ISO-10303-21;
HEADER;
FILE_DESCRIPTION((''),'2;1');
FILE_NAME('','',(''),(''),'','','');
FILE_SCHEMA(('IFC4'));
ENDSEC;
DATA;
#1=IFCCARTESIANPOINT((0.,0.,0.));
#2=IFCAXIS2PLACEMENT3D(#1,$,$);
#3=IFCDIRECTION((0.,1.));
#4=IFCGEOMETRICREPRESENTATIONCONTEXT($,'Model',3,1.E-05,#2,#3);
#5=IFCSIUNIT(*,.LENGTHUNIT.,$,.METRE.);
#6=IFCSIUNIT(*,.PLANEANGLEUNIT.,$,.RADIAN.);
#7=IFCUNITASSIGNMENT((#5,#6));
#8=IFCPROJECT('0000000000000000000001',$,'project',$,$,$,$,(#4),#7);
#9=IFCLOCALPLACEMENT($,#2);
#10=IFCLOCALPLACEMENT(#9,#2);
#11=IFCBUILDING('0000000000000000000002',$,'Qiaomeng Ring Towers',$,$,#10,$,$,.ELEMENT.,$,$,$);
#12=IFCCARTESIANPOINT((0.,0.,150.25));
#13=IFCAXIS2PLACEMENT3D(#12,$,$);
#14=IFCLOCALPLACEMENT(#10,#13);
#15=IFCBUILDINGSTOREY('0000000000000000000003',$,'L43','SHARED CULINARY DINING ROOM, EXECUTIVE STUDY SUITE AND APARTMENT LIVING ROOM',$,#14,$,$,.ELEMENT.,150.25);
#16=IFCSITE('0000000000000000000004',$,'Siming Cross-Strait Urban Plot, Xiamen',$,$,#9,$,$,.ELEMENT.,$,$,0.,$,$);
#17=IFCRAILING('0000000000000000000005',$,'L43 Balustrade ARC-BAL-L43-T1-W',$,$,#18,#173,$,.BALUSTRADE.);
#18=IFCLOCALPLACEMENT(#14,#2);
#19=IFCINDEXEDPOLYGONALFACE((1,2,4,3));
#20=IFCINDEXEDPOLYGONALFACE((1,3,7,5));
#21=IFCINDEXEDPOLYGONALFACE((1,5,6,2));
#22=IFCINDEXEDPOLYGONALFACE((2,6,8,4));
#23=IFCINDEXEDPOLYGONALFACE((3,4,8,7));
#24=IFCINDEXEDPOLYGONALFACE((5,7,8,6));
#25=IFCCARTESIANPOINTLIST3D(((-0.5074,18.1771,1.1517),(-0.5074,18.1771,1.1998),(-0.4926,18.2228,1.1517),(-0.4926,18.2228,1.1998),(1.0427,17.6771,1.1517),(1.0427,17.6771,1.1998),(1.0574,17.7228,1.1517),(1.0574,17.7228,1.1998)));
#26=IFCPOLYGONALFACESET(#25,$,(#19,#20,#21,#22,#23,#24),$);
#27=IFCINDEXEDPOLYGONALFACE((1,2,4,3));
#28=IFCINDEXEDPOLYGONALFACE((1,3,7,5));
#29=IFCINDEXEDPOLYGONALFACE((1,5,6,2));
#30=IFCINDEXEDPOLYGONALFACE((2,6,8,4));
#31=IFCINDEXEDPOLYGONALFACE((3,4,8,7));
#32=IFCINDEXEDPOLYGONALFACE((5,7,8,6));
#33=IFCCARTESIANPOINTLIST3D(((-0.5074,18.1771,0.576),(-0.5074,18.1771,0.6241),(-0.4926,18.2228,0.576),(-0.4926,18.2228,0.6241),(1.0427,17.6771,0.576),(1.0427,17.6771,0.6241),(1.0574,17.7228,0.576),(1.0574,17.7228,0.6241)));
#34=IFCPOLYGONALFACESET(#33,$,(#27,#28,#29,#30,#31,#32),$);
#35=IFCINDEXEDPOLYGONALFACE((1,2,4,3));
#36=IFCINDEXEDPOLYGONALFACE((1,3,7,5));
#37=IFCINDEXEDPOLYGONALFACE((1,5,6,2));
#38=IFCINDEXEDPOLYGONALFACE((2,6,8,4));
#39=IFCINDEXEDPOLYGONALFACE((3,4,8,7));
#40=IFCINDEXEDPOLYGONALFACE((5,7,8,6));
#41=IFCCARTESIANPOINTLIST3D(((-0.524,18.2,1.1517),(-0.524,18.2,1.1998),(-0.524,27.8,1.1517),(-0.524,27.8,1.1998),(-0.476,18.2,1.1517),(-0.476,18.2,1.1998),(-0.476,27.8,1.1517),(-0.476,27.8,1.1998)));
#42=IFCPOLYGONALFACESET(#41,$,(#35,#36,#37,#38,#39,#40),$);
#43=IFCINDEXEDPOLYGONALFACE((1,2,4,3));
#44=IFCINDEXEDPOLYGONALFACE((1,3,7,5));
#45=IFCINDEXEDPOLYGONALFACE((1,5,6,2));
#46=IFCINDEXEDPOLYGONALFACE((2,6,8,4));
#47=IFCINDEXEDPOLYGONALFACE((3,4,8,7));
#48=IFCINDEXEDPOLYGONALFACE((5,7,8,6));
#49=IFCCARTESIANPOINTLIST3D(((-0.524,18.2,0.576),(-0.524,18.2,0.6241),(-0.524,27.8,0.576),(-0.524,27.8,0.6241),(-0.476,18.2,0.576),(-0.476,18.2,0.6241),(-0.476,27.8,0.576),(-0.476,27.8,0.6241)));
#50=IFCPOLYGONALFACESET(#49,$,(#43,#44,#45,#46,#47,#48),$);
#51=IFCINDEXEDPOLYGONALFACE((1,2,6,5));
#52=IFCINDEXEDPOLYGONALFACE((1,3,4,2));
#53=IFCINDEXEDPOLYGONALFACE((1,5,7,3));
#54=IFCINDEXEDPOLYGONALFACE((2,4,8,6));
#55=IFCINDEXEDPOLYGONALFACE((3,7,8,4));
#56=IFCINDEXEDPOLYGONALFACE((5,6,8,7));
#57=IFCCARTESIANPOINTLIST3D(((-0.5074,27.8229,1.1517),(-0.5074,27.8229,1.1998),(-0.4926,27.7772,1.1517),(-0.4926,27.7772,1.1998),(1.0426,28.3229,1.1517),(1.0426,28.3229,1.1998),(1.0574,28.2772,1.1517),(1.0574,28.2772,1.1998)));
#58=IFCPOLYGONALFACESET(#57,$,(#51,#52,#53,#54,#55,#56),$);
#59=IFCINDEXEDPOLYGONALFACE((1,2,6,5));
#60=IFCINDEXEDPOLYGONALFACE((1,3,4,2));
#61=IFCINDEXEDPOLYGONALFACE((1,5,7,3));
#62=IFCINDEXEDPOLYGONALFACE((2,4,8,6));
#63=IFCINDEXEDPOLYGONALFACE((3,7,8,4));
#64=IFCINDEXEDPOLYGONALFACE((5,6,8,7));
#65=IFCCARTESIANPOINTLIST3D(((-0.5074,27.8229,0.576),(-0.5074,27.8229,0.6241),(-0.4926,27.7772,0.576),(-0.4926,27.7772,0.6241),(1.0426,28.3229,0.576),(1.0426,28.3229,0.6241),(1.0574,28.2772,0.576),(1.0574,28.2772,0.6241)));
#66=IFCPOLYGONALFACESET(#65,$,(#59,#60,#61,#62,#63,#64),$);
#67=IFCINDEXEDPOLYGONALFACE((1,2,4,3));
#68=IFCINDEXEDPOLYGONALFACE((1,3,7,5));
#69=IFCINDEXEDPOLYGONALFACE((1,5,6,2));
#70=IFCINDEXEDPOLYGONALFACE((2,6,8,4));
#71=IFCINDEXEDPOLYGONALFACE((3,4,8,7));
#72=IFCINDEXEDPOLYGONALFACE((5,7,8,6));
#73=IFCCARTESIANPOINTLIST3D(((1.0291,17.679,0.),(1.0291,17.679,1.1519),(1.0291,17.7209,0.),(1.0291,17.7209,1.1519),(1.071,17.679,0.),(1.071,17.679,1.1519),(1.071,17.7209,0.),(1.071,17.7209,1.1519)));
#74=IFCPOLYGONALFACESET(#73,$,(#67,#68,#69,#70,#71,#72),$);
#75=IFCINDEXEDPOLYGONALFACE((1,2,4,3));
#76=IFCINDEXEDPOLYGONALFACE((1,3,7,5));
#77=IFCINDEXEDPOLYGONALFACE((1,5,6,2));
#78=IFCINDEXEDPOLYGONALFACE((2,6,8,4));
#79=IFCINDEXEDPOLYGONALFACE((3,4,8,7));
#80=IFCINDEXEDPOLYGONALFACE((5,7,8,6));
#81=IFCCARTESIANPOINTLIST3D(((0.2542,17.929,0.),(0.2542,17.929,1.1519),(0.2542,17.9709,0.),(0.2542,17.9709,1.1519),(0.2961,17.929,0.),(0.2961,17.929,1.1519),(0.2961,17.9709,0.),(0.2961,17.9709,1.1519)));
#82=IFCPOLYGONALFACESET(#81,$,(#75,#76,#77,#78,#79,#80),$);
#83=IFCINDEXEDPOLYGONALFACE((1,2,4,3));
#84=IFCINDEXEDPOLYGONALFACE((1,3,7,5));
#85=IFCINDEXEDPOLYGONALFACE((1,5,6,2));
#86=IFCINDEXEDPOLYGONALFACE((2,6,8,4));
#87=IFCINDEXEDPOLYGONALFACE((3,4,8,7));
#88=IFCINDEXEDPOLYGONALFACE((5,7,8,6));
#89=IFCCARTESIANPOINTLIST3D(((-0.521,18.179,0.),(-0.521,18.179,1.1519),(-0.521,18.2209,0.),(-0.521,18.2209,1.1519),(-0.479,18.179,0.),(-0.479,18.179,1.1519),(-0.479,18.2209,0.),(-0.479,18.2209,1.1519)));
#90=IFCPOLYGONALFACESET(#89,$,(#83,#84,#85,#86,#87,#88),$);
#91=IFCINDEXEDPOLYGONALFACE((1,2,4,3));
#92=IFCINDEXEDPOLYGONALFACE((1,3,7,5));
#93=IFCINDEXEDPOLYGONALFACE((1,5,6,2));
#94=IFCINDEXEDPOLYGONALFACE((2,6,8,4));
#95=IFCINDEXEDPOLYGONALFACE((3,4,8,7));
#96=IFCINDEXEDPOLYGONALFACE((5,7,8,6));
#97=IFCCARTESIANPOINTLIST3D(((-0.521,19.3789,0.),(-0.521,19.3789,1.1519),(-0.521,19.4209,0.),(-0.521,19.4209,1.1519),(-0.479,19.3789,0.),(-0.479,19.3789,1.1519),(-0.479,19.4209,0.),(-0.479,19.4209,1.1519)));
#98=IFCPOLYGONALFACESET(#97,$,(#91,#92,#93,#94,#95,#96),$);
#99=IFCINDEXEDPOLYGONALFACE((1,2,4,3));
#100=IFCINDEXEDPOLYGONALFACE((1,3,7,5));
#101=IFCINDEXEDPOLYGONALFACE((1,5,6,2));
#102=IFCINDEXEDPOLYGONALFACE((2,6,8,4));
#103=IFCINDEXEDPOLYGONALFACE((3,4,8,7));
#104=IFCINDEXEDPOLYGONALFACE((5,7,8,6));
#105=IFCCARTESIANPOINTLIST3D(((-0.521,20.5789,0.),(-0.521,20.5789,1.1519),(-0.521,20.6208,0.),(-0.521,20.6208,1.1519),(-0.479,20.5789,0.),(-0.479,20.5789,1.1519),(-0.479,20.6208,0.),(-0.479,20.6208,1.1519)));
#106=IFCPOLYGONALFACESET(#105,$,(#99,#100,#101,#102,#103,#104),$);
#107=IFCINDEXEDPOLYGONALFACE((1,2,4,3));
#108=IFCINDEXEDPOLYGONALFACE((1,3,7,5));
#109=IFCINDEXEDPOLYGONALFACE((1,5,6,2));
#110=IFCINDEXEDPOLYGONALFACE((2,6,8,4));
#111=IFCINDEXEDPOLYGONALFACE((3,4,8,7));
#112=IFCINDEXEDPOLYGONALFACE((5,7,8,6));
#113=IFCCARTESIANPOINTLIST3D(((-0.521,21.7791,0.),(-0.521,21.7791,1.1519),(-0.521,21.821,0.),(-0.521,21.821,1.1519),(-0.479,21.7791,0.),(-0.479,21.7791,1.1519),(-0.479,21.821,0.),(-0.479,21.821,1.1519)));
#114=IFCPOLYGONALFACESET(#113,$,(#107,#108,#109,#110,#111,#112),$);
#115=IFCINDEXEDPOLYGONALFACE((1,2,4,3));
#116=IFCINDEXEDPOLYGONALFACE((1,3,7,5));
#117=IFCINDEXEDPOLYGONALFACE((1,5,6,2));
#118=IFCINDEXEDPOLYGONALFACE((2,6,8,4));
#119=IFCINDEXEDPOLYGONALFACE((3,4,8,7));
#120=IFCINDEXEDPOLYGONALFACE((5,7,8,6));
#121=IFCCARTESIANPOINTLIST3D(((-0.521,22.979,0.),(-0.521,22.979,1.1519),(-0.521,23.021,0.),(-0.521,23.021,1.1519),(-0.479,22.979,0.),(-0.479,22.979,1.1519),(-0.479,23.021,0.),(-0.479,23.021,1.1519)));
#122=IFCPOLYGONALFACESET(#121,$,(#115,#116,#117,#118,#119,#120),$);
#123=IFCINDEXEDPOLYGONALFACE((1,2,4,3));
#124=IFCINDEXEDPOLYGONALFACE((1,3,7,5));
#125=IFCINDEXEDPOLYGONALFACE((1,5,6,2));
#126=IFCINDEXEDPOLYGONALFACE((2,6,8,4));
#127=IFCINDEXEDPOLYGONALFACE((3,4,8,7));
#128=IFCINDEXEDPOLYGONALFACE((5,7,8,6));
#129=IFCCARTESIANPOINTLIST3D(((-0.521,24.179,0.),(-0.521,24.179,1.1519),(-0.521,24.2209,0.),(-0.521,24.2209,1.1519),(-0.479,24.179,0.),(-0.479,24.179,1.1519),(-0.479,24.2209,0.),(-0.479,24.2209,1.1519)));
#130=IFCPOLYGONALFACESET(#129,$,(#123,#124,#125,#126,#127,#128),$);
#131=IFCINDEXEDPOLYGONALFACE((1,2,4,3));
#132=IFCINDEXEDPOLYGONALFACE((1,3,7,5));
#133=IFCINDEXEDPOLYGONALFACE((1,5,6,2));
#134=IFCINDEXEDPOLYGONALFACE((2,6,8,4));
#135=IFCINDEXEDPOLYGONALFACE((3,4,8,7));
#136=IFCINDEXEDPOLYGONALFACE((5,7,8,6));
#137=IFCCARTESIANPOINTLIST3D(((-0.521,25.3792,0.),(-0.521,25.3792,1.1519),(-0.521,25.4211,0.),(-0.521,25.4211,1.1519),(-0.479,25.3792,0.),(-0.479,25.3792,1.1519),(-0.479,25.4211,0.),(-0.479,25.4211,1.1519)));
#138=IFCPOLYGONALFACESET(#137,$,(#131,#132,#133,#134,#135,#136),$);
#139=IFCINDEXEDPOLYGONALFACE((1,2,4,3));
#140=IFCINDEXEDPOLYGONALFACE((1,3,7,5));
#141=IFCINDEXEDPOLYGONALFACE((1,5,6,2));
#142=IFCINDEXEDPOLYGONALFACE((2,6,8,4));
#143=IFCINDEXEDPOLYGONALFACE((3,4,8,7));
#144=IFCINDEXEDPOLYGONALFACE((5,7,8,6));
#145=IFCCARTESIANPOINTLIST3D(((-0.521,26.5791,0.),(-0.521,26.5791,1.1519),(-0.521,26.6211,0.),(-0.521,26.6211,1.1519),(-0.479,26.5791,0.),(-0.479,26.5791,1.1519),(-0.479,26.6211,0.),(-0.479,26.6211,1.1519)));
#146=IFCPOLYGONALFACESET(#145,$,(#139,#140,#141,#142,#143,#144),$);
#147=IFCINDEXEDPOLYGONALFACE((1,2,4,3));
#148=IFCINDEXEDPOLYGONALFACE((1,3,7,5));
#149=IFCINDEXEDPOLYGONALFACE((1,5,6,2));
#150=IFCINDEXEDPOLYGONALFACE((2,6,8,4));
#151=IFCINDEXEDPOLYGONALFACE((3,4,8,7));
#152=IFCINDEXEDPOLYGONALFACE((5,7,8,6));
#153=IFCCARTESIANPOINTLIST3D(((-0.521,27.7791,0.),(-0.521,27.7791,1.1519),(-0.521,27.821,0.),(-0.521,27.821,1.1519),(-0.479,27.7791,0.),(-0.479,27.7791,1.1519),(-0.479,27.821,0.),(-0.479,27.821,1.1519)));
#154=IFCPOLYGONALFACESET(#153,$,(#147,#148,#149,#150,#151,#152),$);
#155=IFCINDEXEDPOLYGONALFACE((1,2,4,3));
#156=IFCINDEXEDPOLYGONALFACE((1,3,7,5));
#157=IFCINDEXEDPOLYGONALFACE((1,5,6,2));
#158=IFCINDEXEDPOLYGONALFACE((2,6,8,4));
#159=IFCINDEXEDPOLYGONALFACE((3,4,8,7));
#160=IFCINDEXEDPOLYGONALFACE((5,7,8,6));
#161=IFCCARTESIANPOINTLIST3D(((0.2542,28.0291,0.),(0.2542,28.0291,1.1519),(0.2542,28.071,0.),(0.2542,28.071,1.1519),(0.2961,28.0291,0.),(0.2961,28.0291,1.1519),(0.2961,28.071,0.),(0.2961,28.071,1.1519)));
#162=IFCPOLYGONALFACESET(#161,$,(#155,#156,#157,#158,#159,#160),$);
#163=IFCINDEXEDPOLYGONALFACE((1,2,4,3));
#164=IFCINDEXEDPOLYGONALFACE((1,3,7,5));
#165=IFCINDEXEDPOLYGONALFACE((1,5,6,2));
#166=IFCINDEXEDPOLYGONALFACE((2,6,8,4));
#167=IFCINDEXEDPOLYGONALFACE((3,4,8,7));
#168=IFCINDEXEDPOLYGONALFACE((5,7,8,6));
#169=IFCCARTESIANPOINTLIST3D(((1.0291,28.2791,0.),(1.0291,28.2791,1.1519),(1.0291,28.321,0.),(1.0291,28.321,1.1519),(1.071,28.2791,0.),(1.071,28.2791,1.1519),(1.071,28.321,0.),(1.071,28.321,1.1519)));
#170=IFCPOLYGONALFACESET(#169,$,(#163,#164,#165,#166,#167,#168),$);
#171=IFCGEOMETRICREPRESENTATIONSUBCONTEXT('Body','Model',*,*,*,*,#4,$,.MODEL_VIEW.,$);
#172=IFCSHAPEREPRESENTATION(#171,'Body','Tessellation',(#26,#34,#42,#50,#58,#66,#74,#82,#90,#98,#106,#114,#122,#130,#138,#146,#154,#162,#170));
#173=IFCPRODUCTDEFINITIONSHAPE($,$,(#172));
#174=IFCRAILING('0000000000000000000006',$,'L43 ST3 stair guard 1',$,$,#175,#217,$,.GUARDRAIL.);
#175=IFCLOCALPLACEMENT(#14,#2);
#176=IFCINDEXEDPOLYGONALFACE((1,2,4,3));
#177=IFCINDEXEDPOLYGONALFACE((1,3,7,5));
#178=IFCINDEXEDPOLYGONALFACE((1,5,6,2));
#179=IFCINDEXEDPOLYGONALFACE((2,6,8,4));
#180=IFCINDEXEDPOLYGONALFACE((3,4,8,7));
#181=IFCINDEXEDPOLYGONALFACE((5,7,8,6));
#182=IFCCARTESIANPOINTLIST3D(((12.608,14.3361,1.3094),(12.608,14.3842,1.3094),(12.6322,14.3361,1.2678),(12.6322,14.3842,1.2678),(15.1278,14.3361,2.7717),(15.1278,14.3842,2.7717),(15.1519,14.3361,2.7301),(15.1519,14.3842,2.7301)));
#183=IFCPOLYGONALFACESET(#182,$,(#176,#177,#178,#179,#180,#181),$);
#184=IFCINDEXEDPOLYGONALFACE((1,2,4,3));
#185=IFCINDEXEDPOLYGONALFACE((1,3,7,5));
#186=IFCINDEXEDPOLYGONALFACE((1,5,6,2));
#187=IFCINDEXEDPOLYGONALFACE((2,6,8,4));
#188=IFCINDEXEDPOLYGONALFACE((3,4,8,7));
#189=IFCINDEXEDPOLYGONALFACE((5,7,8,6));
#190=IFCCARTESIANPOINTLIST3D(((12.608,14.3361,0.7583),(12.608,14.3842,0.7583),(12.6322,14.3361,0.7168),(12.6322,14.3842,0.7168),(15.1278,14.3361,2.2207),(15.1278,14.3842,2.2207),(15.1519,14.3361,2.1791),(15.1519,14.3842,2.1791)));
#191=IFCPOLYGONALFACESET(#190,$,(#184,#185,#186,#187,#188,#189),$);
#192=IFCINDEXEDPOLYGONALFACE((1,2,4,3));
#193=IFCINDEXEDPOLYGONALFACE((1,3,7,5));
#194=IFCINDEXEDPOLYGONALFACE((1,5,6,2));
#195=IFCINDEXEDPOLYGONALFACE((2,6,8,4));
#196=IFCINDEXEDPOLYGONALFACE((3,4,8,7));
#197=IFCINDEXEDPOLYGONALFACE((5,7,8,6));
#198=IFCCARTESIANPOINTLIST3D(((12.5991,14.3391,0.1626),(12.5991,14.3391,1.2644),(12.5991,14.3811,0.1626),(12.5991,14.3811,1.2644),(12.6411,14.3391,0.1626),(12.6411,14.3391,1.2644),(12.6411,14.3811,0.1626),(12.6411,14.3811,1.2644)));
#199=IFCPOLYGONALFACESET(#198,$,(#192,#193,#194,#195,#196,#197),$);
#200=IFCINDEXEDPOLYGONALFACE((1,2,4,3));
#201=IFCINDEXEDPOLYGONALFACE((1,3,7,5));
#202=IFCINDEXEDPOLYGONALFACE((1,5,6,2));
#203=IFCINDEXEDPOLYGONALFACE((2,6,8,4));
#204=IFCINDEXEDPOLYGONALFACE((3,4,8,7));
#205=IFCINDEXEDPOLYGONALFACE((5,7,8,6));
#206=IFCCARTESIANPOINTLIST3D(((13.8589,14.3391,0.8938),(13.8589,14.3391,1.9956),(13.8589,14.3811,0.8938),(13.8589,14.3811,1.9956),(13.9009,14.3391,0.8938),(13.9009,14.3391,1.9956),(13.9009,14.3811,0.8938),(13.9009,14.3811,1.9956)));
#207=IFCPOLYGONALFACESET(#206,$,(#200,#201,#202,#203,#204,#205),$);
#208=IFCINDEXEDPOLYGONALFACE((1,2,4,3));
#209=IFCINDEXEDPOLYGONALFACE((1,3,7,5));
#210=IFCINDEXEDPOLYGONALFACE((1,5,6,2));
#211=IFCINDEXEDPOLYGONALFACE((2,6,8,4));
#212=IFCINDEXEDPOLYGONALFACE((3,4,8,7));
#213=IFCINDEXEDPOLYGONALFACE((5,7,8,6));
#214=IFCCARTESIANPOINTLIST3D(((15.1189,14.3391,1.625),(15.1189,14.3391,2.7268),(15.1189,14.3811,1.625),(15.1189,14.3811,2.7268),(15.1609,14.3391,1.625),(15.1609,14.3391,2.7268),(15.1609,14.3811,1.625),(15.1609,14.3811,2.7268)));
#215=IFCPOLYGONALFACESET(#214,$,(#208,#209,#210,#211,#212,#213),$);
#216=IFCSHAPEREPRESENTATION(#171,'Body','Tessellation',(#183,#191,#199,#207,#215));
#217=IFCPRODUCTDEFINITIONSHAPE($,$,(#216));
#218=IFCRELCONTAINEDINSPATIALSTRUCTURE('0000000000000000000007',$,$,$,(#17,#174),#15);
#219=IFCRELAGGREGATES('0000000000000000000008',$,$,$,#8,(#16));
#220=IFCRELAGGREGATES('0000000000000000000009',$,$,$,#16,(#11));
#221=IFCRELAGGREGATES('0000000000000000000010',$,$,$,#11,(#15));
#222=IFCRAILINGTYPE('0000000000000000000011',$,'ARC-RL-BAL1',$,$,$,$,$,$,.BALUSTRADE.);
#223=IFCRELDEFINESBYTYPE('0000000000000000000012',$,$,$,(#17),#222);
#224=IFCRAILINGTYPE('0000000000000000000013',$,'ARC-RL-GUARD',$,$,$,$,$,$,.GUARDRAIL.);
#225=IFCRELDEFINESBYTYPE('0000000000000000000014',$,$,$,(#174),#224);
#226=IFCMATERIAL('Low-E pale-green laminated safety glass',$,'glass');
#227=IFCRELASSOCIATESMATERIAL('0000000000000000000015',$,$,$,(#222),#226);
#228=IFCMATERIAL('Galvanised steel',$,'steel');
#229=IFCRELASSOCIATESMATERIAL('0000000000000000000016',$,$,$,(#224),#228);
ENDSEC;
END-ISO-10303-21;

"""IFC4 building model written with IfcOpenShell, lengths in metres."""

from ifc_helpers import new_model, si_unit, direction, frame, origin, origin_2d, place, context, subcontext, project, spatial, rectangle, extrude, material, type_object, element, save


model = new_model("IFC4")

# Units and contexts
model_context = context("Model", 3, precision=1e-05, world=origin(), true_north=direction((0.0, 1.0)))
body_context = subcontext(model_context, "Body", "Model", "MODEL_VIEW")
ifc_project = project(units=[si_unit("LENGTHUNIT", "METRE"), si_unit("PLANEANGLEUNIT", "RADIAN")], contexts=[model_context])

# Site, building, storey
site_placement = place(None, origin())
site = spatial("IfcSite", under=ifc_project, at=site_placement, Name="Siming Cross-Strait Urban Plot, Xiamen", CompositionType="ELEMENT", RefElevation=0.0)
building_placement = place(site_placement, origin())
building = spatial("IfcBuilding", under=site, at=building_placement, Name="Qiaomeng Ring Towers", CompositionType="ELEMENT")
storey_placement = place(building_placement, frame((0.0, 0.0, 150.25)))
storey = spatial("IfcBuildingStorey", under=building, at=storey_placement, Name="L43", Description="SHARED CULINARY DINING ROOM, EXECUTIVE STUDY SUITE AND APARTMENT LIVING ROOM", CompositionType="ELEMENT", Elevation=150.25)

# Shared definitions
ifc_material_1 = material(Name="Galvanised steel", Category="steel")

# Railings
ifc_material_2 = material(Name="Low-E pale-green laminated safety glass", Category="glass")
railing_type_1 = type_object("IfcRailingType", Name="ARC-RL-BAL1", PredefinedType="BALUSTRADE", material=ifc_material_2)
railing_1_placement = place(storey_placement, frame((1.05, 17.7, 0.0)))
element("IfcRailing", 1, at=railing_1_placement, inside=storey, type_object=railing_type_1, Name="L43 Balustrade ARC-BAL-L43-T1-W", PredefinedType="BALUSTRADE", context=body_context, shape_type="SweptSolid", body=[
    extrude(rectangle(XDim=0.0481, YDim=0.0481, at=origin_2d()), frame((0.0, 0.0, 1.1758), z_axis=(-0.951711, 0.306994, 0.0), x_axis=(-0.306994, -0.951711, 0.0)), (0.0, 0.0, 1.0), 1.6287),
    extrude(rectangle(XDim=0.0481, YDim=0.0481, at=origin_2d()), frame((0.0, 0.0, 0.6001), z_axis=(-0.951711, 0.306994, 0.0), x_axis=(-0.306994, -0.951711, 0.0)), (0.0, 0.0, 1.0), 1.6287),
    extrude(rectangle(XDim=0.0481, YDim=0.0481, at=origin_2d()), frame((-1.55, 0.5, 1.1758), z_axis=(0.0, 1.0, 0.0), x_axis=(-1.0, 0.0, 0.0)), (0.0, 0.0, 1.0), 9.6001),
    extrude(rectangle(XDim=0.0481, YDim=0.0481, at=origin_2d()), frame((-1.55, 0.5, 0.6001), z_axis=(0.0, 1.0, 0.0), x_axis=(-1.0, 0.0, 0.0)), (0.0, 0.0, 1.0), 9.6001),
    extrude(rectangle(XDim=0.0481, YDim=0.0481, at=origin_2d()), frame((-1.55, 10.1001, 1.1758), z_axis=(0.951711, 0.306994, 0.0), x_axis=(-0.306994, 0.951711, 0.0)), (0.0, 0.0, 1.0), 1.6287),
    extrude(rectangle(XDim=0.0481, YDim=0.0481, at=origin_2d()), frame((-1.55, 10.1001, 0.6001), z_axis=(0.951711, 0.306994, 0.0), x_axis=(-0.306994, 0.951711, 0.0)), (0.0, 0.0, 1.0), 1.6287),
    extrude(rectangle(XDim=0.042, YDim=0.042, at=origin_2d()), origin(), (0.0, 0.0, 1.0), 1.1519),
    extrude(rectangle(XDim=0.042, YDim=0.042, at=origin_2d()), frame((-0.7749, 0.25, 0.0)), (0.0, 0.0, 1.0), 1.1519),
    extrude(rectangle(XDim=0.042, YDim=0.042, at=origin_2d()), frame((-1.55, 0.5, 0.0)), (0.0, 0.0, 1.0), 1.1519),
    extrude(rectangle(XDim=0.042, YDim=0.042, at=origin_2d()), frame((-1.55, 1.7, 0.0)), (0.0, 0.0, 1.0), 1.1519),
    extrude(rectangle(XDim=0.042, YDim=0.042, at=origin_2d()), frame((-1.55, 2.8999, 0.0)), (0.0, 0.0, 1.0), 1.1519),
    extrude(rectangle(XDim=0.042, YDim=0.042, at=origin_2d()), frame((-1.55, 4.1001, 0.0)), (0.0, 0.0, 1.0), 1.1519),
    extrude(rectangle(XDim=0.042, YDim=0.042, at=origin_2d()), frame((-1.55, 5.3, 0.0)), (0.0, 0.0, 1.0), 1.1519),
    extrude(rectangle(XDim=0.042, YDim=0.042, at=origin_2d()), frame((-1.55, 6.5, 0.0)), (0.0, 0.0, 1.0), 1.1519),
    extrude(rectangle(XDim=0.042, YDim=0.042, at=origin_2d()), frame((-1.55, 7.7002, 0.0)), (0.0, 0.0, 1.0), 1.1519),
    extrude(rectangle(XDim=0.042, YDim=0.042, at=origin_2d()), frame((-1.55, 8.9001, 0.0)), (0.0, 0.0, 1.0), 1.1519),
    extrude(rectangle(XDim=0.042, YDim=0.042, at=origin_2d()), frame((-1.55, 10.1001, 0.0)), (0.0, 0.0, 1.0), 1.1519),
    extrude(rectangle(XDim=0.042, YDim=0.042, at=origin_2d()), frame((-0.7749, 10.3501, 0.0)), (0.0, 0.0, 1.0), 1.1519),
    extrude(rectangle(XDim=0.042, YDim=0.042, at=origin_2d()), frame((0.0, 10.6001, 0.0)), (0.0, 0.0, 1.0), 1.1519),
])
railing_type_2 = type_object("IfcRailingType", Name="ARC-RL-GUARD", PredefinedType="GUARDRAIL", material=ifc_material_1)
railing_2_placement = place(storey_placement, frame((12.6201, 14.3601, 0.1626)))
element("IfcRailing", 2, at=railing_2_placement, inside=storey, type_object=railing_type_2, Name="L43 ST3 stair guard 1", PredefinedType="GUARDRAIL", context=body_context, shape_type="SweptSolid", body=[
    extrude(rectangle(XDim=0.0481, YDim=0.0481, at=origin_2d()), frame((0.0, 0.0, 1.126), z_axis=(0.864892, 0.0, 0.501958), x_axis=(0.0, 1.0, 0.0)), (0.0, 0.0, 1.0), 2.9133),
    extrude(rectangle(XDim=0.0481, YDim=0.0481, at=origin_2d()), frame((0.0, 0.0, 0.575), z_axis=(0.864892, 0.0, 0.501958), x_axis=(0.0, 1.0, 0.0)), (0.0, 0.0, 1.0), 2.9133),
    extrude(rectangle(XDim=0.042, YDim=0.042, at=origin_2d()), origin(), (0.0, 0.0, 1.0), 1.1018),
    extrude(rectangle(XDim=0.042, YDim=0.042, at=origin_2d()), frame((1.2598, 0.0, 0.7312)), (0.0, 0.0, 1.0), 1.1018),
    extrude(rectangle(XDim=0.042, YDim=0.042, at=origin_2d()), frame((2.5198, 0.0, 1.4624)), (0.0, 0.0, 1.0), 1.1018),
])

save(model, "model.ifc")
